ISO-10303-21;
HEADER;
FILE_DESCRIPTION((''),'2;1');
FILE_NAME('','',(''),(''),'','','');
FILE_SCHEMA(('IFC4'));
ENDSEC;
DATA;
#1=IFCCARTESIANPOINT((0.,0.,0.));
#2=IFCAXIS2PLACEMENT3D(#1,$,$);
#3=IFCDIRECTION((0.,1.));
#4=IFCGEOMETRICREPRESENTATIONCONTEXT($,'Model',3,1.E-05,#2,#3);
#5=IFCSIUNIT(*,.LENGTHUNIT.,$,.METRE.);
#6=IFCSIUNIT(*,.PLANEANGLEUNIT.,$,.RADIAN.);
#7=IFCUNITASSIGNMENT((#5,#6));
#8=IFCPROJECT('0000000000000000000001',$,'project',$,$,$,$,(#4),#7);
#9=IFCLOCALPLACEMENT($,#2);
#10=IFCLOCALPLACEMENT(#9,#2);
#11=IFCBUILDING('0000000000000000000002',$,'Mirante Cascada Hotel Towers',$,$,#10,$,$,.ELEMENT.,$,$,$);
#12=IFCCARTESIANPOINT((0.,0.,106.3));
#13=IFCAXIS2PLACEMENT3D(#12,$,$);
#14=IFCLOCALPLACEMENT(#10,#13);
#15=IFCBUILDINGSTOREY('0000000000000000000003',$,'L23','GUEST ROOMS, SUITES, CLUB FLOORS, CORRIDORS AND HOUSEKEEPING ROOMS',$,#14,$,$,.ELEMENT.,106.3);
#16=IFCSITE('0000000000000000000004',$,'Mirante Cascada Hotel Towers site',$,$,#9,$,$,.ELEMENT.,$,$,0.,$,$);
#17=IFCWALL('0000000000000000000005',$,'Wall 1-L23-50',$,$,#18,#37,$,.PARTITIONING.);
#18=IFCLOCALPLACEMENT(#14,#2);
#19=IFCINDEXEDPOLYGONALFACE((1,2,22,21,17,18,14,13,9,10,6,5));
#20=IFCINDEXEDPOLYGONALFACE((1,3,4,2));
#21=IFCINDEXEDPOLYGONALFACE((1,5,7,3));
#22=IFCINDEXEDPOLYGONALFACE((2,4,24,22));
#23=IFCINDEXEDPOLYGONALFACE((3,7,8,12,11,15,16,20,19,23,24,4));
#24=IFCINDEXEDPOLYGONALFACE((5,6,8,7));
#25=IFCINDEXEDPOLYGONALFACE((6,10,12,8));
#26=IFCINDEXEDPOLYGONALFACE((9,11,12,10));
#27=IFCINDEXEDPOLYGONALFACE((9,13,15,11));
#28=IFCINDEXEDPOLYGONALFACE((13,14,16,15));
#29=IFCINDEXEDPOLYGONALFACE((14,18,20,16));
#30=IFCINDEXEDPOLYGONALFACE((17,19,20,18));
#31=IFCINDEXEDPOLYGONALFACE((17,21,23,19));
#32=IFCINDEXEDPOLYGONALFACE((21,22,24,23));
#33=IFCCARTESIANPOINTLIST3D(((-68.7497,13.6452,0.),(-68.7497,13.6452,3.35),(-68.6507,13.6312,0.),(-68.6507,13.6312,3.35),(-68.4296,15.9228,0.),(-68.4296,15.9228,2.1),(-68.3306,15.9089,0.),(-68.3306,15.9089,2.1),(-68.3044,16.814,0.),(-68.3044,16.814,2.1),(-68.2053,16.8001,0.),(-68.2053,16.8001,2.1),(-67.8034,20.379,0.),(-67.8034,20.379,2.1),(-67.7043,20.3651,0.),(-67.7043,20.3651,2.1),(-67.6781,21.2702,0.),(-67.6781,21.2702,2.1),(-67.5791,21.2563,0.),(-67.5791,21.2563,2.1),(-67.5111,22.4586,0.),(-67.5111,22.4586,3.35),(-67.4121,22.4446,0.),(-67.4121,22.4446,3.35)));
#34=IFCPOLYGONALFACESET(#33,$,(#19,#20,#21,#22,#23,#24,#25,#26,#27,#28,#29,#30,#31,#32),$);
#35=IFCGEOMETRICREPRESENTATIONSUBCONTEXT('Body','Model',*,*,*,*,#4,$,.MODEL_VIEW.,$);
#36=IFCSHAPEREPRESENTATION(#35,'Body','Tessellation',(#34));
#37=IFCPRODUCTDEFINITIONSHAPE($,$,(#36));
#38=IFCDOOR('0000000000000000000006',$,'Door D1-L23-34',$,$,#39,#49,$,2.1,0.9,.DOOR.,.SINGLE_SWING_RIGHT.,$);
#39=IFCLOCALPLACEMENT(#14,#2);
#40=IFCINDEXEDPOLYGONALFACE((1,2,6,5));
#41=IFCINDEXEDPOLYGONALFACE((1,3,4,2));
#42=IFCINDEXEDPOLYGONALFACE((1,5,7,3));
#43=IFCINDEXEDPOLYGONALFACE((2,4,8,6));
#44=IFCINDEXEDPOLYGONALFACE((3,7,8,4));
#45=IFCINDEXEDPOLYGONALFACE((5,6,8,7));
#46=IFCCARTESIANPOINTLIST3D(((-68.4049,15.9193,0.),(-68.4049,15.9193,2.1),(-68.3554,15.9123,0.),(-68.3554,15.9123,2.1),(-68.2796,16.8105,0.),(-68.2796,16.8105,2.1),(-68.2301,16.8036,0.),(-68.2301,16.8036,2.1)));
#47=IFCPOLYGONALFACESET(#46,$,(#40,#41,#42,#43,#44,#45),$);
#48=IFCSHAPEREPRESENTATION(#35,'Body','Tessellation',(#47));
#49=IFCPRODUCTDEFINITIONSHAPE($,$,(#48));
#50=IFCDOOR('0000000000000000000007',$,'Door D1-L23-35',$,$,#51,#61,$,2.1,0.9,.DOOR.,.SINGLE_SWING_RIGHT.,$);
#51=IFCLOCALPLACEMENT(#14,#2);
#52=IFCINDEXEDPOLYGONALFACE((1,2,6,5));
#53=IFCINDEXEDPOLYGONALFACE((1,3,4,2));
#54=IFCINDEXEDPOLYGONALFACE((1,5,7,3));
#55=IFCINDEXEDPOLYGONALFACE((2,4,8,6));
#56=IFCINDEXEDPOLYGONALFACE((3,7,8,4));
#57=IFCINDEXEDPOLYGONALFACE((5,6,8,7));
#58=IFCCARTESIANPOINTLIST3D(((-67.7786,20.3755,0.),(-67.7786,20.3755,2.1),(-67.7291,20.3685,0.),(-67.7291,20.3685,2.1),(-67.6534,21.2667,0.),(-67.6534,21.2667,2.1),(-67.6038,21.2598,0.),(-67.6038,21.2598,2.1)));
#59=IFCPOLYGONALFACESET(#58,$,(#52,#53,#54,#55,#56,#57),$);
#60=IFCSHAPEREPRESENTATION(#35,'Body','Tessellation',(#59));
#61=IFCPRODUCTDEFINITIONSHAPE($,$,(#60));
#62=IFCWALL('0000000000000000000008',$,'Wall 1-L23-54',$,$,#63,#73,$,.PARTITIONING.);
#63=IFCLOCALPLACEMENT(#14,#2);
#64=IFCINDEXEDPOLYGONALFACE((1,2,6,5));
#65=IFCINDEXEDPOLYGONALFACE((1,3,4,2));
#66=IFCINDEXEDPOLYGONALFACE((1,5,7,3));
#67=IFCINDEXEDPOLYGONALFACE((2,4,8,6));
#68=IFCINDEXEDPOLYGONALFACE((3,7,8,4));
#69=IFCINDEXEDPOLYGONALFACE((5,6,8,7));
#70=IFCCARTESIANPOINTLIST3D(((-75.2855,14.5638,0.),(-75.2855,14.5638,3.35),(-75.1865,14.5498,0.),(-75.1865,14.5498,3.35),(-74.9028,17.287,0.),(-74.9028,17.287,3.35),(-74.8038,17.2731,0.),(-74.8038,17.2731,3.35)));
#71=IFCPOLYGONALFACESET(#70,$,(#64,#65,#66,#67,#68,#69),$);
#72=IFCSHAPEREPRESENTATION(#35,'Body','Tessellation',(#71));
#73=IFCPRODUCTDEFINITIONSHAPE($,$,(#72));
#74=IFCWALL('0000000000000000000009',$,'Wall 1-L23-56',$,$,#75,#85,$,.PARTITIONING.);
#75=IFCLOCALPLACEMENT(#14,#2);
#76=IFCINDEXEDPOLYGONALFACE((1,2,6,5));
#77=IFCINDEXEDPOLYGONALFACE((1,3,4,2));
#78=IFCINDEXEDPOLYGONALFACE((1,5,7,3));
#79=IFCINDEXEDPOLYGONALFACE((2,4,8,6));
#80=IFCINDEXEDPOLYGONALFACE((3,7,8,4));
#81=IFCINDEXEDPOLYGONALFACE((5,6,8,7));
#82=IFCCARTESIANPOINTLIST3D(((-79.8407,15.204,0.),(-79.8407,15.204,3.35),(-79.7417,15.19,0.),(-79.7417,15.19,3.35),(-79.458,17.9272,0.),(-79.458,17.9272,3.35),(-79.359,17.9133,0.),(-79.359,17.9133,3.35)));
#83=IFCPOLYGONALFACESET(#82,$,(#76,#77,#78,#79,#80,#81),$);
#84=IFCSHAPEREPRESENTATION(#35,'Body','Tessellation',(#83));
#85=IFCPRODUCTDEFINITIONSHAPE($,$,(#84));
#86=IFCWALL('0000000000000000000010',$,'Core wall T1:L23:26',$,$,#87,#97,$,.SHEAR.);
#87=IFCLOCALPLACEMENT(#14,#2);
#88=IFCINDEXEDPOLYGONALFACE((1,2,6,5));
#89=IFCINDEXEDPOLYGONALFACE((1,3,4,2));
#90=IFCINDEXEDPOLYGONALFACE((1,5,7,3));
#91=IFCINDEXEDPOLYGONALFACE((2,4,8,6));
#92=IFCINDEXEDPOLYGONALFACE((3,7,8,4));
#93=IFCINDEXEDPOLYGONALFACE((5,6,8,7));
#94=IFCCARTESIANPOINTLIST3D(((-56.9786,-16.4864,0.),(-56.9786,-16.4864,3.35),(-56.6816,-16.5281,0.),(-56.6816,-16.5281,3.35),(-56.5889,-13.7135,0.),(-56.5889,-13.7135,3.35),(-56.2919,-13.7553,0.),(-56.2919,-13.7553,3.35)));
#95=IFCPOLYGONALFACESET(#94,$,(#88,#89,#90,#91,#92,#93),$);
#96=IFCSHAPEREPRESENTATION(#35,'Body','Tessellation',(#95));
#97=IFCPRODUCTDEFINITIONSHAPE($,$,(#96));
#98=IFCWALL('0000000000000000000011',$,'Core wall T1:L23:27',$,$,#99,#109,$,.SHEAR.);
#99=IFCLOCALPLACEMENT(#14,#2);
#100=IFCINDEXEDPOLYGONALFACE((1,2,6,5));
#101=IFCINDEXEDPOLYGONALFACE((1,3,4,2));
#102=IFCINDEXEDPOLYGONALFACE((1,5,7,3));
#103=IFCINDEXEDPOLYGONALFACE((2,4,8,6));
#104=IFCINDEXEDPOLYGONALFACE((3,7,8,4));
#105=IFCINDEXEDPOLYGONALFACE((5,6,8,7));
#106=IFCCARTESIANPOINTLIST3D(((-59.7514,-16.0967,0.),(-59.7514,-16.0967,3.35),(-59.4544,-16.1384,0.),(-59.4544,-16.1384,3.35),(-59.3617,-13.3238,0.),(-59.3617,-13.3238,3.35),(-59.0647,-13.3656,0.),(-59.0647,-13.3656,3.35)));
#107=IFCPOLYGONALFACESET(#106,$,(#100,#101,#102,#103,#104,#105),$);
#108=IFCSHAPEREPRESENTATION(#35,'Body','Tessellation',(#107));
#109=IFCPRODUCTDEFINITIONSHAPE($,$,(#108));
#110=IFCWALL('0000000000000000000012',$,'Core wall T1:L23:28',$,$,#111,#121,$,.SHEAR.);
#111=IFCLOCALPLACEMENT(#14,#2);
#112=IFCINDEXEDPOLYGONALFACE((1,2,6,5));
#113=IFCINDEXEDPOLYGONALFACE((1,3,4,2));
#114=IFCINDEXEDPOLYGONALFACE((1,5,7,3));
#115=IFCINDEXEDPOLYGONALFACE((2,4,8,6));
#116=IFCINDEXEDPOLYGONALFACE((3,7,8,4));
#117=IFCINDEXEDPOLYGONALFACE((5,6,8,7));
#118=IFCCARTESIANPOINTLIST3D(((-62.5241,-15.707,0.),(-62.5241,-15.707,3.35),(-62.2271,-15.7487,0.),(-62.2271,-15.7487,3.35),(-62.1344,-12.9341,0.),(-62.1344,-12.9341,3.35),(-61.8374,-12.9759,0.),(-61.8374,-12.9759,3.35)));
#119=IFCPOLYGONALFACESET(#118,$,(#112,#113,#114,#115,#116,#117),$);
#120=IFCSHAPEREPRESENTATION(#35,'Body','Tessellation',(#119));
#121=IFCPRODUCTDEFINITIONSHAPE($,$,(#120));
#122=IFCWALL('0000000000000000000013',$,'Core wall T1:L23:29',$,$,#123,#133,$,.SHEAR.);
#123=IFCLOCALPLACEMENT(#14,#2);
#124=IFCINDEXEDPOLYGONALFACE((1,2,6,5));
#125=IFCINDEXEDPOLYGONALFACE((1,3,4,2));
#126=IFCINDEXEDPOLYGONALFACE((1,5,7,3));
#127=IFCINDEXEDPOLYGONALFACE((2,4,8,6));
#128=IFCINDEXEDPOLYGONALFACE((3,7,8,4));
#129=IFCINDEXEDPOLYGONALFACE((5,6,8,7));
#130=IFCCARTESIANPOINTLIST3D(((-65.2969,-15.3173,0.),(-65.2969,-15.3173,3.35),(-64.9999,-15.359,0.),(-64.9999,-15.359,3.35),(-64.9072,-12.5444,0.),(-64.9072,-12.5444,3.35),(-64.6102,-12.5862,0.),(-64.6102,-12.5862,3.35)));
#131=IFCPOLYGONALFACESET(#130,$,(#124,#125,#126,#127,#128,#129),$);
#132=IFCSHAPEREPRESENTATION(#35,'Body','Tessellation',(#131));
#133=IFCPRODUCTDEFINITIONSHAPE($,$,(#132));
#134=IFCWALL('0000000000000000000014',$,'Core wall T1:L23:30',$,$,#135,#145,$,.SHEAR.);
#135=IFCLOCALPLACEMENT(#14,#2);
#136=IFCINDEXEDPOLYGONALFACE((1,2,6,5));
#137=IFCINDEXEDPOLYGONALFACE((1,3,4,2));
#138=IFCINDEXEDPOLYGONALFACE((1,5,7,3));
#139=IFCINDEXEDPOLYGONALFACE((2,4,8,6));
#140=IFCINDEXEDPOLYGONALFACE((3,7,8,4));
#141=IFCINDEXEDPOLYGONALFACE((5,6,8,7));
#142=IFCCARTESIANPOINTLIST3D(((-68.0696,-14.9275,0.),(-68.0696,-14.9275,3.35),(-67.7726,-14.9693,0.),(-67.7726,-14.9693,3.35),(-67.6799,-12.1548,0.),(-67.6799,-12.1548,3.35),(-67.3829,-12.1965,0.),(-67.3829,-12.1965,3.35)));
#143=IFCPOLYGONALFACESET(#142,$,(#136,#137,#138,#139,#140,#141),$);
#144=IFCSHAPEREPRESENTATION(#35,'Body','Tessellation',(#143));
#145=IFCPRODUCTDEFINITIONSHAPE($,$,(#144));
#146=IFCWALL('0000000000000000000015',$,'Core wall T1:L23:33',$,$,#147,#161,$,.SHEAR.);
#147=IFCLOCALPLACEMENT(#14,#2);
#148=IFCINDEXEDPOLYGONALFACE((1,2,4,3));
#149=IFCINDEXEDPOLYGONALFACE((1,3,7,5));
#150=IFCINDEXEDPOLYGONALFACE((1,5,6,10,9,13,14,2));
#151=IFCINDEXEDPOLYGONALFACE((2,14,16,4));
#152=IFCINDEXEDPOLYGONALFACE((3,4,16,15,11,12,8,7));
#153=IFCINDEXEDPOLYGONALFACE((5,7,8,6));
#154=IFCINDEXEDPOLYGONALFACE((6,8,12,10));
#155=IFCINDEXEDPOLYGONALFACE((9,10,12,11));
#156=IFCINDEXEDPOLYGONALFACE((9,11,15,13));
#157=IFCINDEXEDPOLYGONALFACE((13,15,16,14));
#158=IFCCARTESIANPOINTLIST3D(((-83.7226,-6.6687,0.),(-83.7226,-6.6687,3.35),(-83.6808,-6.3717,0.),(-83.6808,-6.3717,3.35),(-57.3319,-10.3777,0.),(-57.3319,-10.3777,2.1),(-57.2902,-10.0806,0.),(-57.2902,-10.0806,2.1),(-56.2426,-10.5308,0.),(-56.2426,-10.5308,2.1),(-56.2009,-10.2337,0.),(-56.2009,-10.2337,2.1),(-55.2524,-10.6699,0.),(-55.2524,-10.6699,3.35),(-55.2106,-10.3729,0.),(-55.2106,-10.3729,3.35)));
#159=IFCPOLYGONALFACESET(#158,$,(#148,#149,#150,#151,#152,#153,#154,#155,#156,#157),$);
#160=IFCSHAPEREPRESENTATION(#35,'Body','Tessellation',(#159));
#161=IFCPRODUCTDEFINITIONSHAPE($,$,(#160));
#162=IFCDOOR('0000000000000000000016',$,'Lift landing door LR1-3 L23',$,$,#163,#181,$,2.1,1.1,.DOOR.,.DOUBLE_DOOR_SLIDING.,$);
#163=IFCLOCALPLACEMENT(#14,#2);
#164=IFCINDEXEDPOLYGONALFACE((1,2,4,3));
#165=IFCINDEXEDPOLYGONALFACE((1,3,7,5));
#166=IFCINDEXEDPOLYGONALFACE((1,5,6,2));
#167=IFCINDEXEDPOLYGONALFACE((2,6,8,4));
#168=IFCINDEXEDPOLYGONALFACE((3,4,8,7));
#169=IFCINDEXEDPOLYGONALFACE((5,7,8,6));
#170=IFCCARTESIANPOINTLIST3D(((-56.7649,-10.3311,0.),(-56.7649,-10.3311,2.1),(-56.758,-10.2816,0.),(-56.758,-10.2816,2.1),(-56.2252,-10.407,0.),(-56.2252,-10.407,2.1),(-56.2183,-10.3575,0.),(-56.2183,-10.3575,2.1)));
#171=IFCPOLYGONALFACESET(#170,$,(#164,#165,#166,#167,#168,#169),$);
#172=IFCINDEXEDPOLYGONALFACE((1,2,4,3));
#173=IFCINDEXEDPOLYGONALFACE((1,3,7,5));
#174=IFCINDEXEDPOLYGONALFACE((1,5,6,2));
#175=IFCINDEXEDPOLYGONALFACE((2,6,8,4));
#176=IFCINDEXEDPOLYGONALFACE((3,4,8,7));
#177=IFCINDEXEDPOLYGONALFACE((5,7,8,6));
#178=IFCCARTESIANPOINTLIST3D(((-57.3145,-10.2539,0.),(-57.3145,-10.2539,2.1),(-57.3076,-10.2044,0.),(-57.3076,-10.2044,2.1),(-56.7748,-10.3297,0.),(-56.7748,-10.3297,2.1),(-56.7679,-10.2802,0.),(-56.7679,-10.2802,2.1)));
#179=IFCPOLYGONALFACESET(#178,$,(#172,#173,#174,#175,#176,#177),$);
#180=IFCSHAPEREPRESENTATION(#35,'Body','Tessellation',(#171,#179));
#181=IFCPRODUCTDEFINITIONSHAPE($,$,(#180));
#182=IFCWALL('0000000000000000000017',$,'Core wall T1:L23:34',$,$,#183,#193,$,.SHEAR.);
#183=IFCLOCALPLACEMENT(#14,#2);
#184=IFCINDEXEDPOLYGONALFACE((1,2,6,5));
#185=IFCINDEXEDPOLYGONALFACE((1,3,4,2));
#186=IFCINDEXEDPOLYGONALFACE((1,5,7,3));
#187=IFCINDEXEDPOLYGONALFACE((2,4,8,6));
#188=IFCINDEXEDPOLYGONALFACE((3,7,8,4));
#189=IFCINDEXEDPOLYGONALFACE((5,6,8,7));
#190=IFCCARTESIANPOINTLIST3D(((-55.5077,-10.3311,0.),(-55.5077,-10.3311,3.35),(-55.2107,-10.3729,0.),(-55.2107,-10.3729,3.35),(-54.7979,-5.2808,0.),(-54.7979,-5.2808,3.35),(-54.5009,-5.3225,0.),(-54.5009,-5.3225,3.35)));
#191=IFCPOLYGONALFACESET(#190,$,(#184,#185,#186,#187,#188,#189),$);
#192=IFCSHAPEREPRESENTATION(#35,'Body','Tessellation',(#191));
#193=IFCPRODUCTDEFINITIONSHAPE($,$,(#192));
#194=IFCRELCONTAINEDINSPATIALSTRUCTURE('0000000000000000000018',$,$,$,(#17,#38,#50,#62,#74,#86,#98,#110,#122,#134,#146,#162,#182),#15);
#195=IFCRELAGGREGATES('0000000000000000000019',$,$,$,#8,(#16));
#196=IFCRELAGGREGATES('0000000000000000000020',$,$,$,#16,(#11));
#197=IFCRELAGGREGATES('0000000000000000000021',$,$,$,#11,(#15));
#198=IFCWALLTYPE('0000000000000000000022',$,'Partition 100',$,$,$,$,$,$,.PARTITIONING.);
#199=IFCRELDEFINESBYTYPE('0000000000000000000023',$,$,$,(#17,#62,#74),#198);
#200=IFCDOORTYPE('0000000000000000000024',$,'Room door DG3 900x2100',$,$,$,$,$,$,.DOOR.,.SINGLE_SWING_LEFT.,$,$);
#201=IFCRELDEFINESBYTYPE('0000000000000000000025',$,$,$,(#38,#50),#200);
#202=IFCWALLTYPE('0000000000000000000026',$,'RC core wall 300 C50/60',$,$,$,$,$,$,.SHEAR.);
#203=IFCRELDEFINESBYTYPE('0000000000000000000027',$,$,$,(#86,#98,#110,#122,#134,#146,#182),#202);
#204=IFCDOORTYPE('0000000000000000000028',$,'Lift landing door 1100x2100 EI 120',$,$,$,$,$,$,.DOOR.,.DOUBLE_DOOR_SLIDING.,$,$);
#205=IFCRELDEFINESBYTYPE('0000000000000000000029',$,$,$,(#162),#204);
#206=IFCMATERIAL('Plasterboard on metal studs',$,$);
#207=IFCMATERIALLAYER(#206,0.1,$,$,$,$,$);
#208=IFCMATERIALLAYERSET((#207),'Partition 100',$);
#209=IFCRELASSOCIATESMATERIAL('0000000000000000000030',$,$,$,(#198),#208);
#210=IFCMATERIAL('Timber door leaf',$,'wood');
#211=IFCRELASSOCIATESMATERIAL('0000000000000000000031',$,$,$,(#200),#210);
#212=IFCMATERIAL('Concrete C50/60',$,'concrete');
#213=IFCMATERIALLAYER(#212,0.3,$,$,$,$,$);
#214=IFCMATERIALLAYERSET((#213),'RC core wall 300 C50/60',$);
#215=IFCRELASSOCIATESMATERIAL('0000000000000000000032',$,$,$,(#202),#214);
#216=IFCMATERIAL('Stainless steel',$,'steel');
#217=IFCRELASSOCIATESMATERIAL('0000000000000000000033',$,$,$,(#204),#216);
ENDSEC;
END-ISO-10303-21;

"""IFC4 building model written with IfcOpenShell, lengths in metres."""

from ifc_helpers import new_model, si_unit, direction, frame, frame_2d, origin, place, context, subcontext, project, spatial, rectangle, extrude, material, layer, layer_set, type_object, element, fill, save


model = new_model("IFC4")

# Units and contexts
model_context = context("Model", 3, precision=1e-05, world=origin(), true_north=direction((0.0, 1.0)))
body_context = subcontext(model_context, "Body", "Model", "MODEL_VIEW")
ifc_project = project(units=[si_unit("LENGTHUNIT", "METRE"), si_unit("PLANEANGLEUNIT", "RADIAN")], contexts=[model_context])

# Site, building, storey
site_placement = place(None, origin())
site = spatial("IfcSite", under=ifc_project, at=site_placement, Name="Mirante Cascada Hotel Towers site", CompositionType="ELEMENT", RefElevation=0.0)
building_placement = place(site_placement, origin())
building = spatial("IfcBuilding", under=site, at=building_placement, Name="Mirante Cascada Hotel Towers", CompositionType="ELEMENT")
storey_placement = place(building_placement, frame((0.0, 0.0, 106.3)))
storey = spatial("IfcBuildingStorey", under=building, at=storey_placement, Name="L23", Description="GUEST ROOMS, SUITES, CLUB FLOORS, CORRIDORS AND HOUSEKEEPING ROOMS", CompositionType="ELEMENT", Elevation=106.3)

# Shared definitions
ifc_material_1 = material(Name="Plasterboard on metal studs")
ifc_layer_1 = layer(ifc_material_1, 0.1)
ifc_layer_set_1 = layer_set([ifc_layer_1], Name="Partition 100")
wall_type_1 = type_object("IfcWallType", Name="Partition 100", PredefinedType="PARTITIONING", material=ifc_layer_set_1)

# Wall, openings, doors
wall_1_placement = place(storey_placement, frame((-68.7002, 13.6382, 0.0), z_axis=(0.0, 0.0, 1.0), x_axis=(0.139168, 0.990269, 0.0)))
wall_1 = element("IfcWall", 1, at=wall_1_placement, inside=storey, type_object=wall_type_1, Name="Wall 1-L23-50", PredefinedType="PARTITIONING", context=body_context, shape_type="SweptSolid", body=[
    extrude(rectangle(XDim=8.9, YDim=0.1, at=frame_2d((4.45, 0.0))), origin(), (0.0, 0.0, 1.0), 3.35),
])
opening_1_placement = place(wall_1_placement, frame((2.3, 0.0, 0.0)))
opening_1 = element("IfcOpeningElement", 2, at=opening_1_placement, cuts=wall_1, PredefinedType="OPENING", context=body_context, shape_type="SweptSolid", body=[
    extrude(rectangle(XDim=0.9, YDim=2.1, at=frame_2d((0.45, 1.05))), frame((0.0, 0.05, 0.0), z_axis=(0.0, -1.0, 0.0), x_axis=(1.0, 0.0, 0.0)), (0.0, 0.0, 1.0), 0.1),
])
opening_2_placement = place(wall_1_placement, frame((6.8, 0.0, 0.0)))
opening_2 = element("IfcOpeningElement", 3, at=opening_2_placement, cuts=wall_1, PredefinedType="OPENING", context=body_context, shape_type="SweptSolid", body=[
    extrude(rectangle(XDim=0.9, YDim=2.1, at=frame_2d((0.45, 1.05))), frame((0.0, 0.05, 0.0), z_axis=(0.0, -1.0, 0.0), x_axis=(1.0, 0.0, 0.0)), (0.0, 0.0, 1.0), 0.1),
])
ifc_material_2 = material(Name="Timber door leaf", Category="wood")
door_type_1 = type_object("IfcDoorType", Name="Room door DG3 900x2100", OperationType="SINGLE_SWING_LEFT", PredefinedType="DOOR", material=ifc_material_2)
door_1_placement = place(opening_1_placement, frame((0.9, 0.0, 0.0), z_axis=(0.0, 0.0, 1.0), x_axis=(-1.0, 0.0, 0.0)))
door_1 = element("IfcDoor", 4, at=door_1_placement, inside=storey, type_object=door_type_1, Name="Door D1-L23-34", OperationType="SINGLE_SWING_RIGHT", OverallHeight=2.1, OverallWidth=0.9, PredefinedType="DOOR", context=body_context, shape_type="SweptSolid", body=[
    extrude(rectangle(XDim=0.9, YDim=2.1, at=frame_2d((0.45, 1.05))), frame((0.0, 0.025, 0.0), z_axis=(0.0, -1.0, 0.0), x_axis=(1.0, 0.0, 0.0)), (0.0, 0.0, 1.0), 0.05),
])
fill(opening_1, door_1)
door_2_placement = place(opening_2_placement, frame((0.9, 0.0, 0.0), z_axis=(0.0, 0.0, 1.0), x_axis=(-1.0, 0.0, 0.0)))
door_2 = element("IfcDoor", 5, at=door_2_placement, inside=storey, type_object=door_type_1, Name="Door D1-L23-35", OperationType="SINGLE_SWING_RIGHT", OverallHeight=2.1, OverallWidth=0.9, PredefinedType="DOOR", context=body_context, shape_type="SweptSolid", body=[
    extrude(rectangle(XDim=0.9, YDim=2.1, at=frame_2d((0.45, 1.05))), frame((0.0, 0.025, 0.0), z_axis=(0.0, -1.0, 0.0), x_axis=(1.0, 0.0, 0.0)), (0.0, 0.0, 1.0), 0.05),
])
fill(opening_2, door_2)

# Walls
for number, where, z_axis, x_axis, name in (
    (6, (-75.236, 14.5568, 0.0), (0.0, 0.0, 1.0), (0.139166, 0.990269, 0.0), "Wall 1-L23-54"),
    (7, (-79.7912, 15.197, 0.0), (0.0, 0.0, 1.0), (0.139166, 0.990269, 0.0), "Wall 1-L23-56"),
):
    element("IfcWall", number, at=place(storey_placement, frame(where, z_axis=z_axis, x_axis=x_axis)), inside=storey, type_object=wall_type_1, Name=name, PredefinedType="PARTITIONING", context=body_context, shape_type="SweptSolid", body=[
        extrude(rectangle(XDim=2.75, YDim=0.1, at=frame_2d((1.375, 0.0))), origin(), (0.0, 0.0, 1.0), 3.35),
    ])
ifc_material_3 = material(Name="Concrete C50/60", Category="concrete")
ifc_layer_2 = layer(ifc_material_3, 0.3)
ifc_layer_set_2 = layer_set([ifc_layer_2], Name="RC core wall 300 C50/60")
wall_type_2 = type_object("IfcWallType", Name="RC core wall 300 C50/60", PredefinedType="SHEAR", material=ifc_layer_set_2)
for number, where, z_axis, x_axis, name in (
    (8, (-56.8301, -16.5072, 0.0), (0.0, 0.0, 1.0), (0.139176, 0.990268, 0.0), "Core wall T1:L23:26"),
    (9, (-59.6029, -16.1175, 0.0), (0.0, 0.0, 1.0), (0.139176, 0.990268, 0.0), "Core wall T1:L23:27"),
    (10, (-62.3756, -15.7278, 0.0), (0.0, 0.0, 1.0), (0.139176, 0.990268, 0.0), "Core wall T1:L23:28"),
    (11, (-65.1484, -15.3381, 0.0), (0.0, 0.0, 1.0), (0.139176, 0.990268, 0.0), "Core wall T1:L23:29"),
):
    element("IfcWall", number, at=place(storey_placement, frame(where, z_axis=z_axis, x_axis=x_axis)), inside=storey, type_object=wall_type_2, Name=name, PredefinedType="SHEAR", context=body_context, shape_type="SweptSolid", body=[
        extrude(rectangle(XDim=2.8001, YDim=0.3, at=frame_2d((1.4, 0.0))), origin(), (0.0, 0.0, 1.0), 3.35),
    ])
wall_2_placement = place(storey_placement, frame((-67.9211, -14.9484, 0.0), z_axis=(0.0, 0.0, 1.0), x_axis=(0.139181, 0.990267, 0.0)))
element("IfcWall", 12, at=wall_2_placement, inside=storey, type_object=wall_type_2, Name="Core wall T1:L23:30", PredefinedType="SHEAR", context=body_context, shape_type="SweptSolid", body=[
    extrude(rectangle(XDim=2.8, YDim=0.3, at=frame_2d((1.4, 0.0))), origin(), (0.0, 0.0, 1.0), 3.35),
])

# Wall, opening, door
wall_3_placement = place(storey_placement, frame((-55.2315, -10.5214, 0.0), z_axis=(0.0, 0.0, 1.0), x_axis=(-0.990268, 0.139172, 0.0)))
wall_3 = element("IfcWall", 13, at=wall_3_placement, inside=storey, type_object=wall_type_2, Name="Core wall T1:L23:33", PredefinedType="SHEAR", context=body_context, shape_type="SweptSolid", body=[
    extrude(rectangle(XDim=28.75, YDim=0.3, at=frame_2d((14.375, 0.0))), origin(), (0.0, 0.0, 1.0), 3.35),
])
opening_3_placement = place(wall_3_placement, frame((1.0, 0.0, 0.0)))
opening_3 = element("IfcOpeningElement", 14, at=opening_3_placement, cuts=wall_3, PredefinedType="OPENING", context=body_context, shape_type="SweptSolid", body=[
    extrude(rectangle(XDim=1.1, YDim=2.1, at=frame_2d((0.55, 1.05))), frame((0.0, 0.15, 0.0), z_axis=(0.0, -1.0, 0.0), x_axis=(1.0, 0.0, 0.0)), (0.0, 0.0, 1.0), 0.3),
])
ifc_material_4 = material(Name="Stainless steel", Category="steel")
door_type_2 = type_object("IfcDoorType", Name="Lift landing door 1100x2100 EI 120", OperationType="DOUBLE_DOOR_SLIDING", PredefinedType="DOOR", material=ifc_material_4)
door_3_placement = place(opening_3_placement, origin())
door_3 = element("IfcDoor", 15, at=door_3_placement, inside=storey, type_object=door_type_2, Name="Lift landing door LR1-3 L23", OperationType="DOUBLE_DOOR_SLIDING", OverallHeight=2.1, OverallWidth=1.1, PredefinedType="DOOR", context=body_context, shape_type="SweptSolid", body=[
    extrude(rectangle(XDim=0.545, YDim=2.1, at=frame_2d((0.2725, 1.05))), frame((0.0, 0.025, 0.0), z_axis=(0.0, -1.0, 0.0), x_axis=(1.0, 0.0, 0.0)), (0.0, 0.0, 1.0), 0.05),
    extrude(rectangle(XDim=0.545, YDim=2.1, at=frame_2d((0.8275, 1.05))), frame((0.0, 0.025, 0.0), z_axis=(0.0, -1.0, 0.0), x_axis=(1.0, 0.0, 0.0)), (0.0, 0.0, 1.0), 0.05),
])
fill(opening_3, door_3)

# Wall
for number, where, z_axis, x_axis, name in (
    (16, (-55.3592, -10.352, 0.0), (0.0, 0.0, 1.0), (0.139176, 0.990268, 0.0), "Core wall T1:L23:34"),
):
    element("IfcWall", number, at=place(storey_placement, frame(where, z_axis=z_axis, x_axis=x_axis)), inside=storey, type_object=wall_type_2, Name=name, PredefinedType="SHEAR", context=body_context, shape_type="SweptSolid", body=[
        extrude(rectangle(XDim=5.1, YDim=0.3, at=frame_2d((2.55, 0.0))), origin(), (0.0, 0.0, 1.0), 3.35),
    ])

save(model, "model.ifc")
